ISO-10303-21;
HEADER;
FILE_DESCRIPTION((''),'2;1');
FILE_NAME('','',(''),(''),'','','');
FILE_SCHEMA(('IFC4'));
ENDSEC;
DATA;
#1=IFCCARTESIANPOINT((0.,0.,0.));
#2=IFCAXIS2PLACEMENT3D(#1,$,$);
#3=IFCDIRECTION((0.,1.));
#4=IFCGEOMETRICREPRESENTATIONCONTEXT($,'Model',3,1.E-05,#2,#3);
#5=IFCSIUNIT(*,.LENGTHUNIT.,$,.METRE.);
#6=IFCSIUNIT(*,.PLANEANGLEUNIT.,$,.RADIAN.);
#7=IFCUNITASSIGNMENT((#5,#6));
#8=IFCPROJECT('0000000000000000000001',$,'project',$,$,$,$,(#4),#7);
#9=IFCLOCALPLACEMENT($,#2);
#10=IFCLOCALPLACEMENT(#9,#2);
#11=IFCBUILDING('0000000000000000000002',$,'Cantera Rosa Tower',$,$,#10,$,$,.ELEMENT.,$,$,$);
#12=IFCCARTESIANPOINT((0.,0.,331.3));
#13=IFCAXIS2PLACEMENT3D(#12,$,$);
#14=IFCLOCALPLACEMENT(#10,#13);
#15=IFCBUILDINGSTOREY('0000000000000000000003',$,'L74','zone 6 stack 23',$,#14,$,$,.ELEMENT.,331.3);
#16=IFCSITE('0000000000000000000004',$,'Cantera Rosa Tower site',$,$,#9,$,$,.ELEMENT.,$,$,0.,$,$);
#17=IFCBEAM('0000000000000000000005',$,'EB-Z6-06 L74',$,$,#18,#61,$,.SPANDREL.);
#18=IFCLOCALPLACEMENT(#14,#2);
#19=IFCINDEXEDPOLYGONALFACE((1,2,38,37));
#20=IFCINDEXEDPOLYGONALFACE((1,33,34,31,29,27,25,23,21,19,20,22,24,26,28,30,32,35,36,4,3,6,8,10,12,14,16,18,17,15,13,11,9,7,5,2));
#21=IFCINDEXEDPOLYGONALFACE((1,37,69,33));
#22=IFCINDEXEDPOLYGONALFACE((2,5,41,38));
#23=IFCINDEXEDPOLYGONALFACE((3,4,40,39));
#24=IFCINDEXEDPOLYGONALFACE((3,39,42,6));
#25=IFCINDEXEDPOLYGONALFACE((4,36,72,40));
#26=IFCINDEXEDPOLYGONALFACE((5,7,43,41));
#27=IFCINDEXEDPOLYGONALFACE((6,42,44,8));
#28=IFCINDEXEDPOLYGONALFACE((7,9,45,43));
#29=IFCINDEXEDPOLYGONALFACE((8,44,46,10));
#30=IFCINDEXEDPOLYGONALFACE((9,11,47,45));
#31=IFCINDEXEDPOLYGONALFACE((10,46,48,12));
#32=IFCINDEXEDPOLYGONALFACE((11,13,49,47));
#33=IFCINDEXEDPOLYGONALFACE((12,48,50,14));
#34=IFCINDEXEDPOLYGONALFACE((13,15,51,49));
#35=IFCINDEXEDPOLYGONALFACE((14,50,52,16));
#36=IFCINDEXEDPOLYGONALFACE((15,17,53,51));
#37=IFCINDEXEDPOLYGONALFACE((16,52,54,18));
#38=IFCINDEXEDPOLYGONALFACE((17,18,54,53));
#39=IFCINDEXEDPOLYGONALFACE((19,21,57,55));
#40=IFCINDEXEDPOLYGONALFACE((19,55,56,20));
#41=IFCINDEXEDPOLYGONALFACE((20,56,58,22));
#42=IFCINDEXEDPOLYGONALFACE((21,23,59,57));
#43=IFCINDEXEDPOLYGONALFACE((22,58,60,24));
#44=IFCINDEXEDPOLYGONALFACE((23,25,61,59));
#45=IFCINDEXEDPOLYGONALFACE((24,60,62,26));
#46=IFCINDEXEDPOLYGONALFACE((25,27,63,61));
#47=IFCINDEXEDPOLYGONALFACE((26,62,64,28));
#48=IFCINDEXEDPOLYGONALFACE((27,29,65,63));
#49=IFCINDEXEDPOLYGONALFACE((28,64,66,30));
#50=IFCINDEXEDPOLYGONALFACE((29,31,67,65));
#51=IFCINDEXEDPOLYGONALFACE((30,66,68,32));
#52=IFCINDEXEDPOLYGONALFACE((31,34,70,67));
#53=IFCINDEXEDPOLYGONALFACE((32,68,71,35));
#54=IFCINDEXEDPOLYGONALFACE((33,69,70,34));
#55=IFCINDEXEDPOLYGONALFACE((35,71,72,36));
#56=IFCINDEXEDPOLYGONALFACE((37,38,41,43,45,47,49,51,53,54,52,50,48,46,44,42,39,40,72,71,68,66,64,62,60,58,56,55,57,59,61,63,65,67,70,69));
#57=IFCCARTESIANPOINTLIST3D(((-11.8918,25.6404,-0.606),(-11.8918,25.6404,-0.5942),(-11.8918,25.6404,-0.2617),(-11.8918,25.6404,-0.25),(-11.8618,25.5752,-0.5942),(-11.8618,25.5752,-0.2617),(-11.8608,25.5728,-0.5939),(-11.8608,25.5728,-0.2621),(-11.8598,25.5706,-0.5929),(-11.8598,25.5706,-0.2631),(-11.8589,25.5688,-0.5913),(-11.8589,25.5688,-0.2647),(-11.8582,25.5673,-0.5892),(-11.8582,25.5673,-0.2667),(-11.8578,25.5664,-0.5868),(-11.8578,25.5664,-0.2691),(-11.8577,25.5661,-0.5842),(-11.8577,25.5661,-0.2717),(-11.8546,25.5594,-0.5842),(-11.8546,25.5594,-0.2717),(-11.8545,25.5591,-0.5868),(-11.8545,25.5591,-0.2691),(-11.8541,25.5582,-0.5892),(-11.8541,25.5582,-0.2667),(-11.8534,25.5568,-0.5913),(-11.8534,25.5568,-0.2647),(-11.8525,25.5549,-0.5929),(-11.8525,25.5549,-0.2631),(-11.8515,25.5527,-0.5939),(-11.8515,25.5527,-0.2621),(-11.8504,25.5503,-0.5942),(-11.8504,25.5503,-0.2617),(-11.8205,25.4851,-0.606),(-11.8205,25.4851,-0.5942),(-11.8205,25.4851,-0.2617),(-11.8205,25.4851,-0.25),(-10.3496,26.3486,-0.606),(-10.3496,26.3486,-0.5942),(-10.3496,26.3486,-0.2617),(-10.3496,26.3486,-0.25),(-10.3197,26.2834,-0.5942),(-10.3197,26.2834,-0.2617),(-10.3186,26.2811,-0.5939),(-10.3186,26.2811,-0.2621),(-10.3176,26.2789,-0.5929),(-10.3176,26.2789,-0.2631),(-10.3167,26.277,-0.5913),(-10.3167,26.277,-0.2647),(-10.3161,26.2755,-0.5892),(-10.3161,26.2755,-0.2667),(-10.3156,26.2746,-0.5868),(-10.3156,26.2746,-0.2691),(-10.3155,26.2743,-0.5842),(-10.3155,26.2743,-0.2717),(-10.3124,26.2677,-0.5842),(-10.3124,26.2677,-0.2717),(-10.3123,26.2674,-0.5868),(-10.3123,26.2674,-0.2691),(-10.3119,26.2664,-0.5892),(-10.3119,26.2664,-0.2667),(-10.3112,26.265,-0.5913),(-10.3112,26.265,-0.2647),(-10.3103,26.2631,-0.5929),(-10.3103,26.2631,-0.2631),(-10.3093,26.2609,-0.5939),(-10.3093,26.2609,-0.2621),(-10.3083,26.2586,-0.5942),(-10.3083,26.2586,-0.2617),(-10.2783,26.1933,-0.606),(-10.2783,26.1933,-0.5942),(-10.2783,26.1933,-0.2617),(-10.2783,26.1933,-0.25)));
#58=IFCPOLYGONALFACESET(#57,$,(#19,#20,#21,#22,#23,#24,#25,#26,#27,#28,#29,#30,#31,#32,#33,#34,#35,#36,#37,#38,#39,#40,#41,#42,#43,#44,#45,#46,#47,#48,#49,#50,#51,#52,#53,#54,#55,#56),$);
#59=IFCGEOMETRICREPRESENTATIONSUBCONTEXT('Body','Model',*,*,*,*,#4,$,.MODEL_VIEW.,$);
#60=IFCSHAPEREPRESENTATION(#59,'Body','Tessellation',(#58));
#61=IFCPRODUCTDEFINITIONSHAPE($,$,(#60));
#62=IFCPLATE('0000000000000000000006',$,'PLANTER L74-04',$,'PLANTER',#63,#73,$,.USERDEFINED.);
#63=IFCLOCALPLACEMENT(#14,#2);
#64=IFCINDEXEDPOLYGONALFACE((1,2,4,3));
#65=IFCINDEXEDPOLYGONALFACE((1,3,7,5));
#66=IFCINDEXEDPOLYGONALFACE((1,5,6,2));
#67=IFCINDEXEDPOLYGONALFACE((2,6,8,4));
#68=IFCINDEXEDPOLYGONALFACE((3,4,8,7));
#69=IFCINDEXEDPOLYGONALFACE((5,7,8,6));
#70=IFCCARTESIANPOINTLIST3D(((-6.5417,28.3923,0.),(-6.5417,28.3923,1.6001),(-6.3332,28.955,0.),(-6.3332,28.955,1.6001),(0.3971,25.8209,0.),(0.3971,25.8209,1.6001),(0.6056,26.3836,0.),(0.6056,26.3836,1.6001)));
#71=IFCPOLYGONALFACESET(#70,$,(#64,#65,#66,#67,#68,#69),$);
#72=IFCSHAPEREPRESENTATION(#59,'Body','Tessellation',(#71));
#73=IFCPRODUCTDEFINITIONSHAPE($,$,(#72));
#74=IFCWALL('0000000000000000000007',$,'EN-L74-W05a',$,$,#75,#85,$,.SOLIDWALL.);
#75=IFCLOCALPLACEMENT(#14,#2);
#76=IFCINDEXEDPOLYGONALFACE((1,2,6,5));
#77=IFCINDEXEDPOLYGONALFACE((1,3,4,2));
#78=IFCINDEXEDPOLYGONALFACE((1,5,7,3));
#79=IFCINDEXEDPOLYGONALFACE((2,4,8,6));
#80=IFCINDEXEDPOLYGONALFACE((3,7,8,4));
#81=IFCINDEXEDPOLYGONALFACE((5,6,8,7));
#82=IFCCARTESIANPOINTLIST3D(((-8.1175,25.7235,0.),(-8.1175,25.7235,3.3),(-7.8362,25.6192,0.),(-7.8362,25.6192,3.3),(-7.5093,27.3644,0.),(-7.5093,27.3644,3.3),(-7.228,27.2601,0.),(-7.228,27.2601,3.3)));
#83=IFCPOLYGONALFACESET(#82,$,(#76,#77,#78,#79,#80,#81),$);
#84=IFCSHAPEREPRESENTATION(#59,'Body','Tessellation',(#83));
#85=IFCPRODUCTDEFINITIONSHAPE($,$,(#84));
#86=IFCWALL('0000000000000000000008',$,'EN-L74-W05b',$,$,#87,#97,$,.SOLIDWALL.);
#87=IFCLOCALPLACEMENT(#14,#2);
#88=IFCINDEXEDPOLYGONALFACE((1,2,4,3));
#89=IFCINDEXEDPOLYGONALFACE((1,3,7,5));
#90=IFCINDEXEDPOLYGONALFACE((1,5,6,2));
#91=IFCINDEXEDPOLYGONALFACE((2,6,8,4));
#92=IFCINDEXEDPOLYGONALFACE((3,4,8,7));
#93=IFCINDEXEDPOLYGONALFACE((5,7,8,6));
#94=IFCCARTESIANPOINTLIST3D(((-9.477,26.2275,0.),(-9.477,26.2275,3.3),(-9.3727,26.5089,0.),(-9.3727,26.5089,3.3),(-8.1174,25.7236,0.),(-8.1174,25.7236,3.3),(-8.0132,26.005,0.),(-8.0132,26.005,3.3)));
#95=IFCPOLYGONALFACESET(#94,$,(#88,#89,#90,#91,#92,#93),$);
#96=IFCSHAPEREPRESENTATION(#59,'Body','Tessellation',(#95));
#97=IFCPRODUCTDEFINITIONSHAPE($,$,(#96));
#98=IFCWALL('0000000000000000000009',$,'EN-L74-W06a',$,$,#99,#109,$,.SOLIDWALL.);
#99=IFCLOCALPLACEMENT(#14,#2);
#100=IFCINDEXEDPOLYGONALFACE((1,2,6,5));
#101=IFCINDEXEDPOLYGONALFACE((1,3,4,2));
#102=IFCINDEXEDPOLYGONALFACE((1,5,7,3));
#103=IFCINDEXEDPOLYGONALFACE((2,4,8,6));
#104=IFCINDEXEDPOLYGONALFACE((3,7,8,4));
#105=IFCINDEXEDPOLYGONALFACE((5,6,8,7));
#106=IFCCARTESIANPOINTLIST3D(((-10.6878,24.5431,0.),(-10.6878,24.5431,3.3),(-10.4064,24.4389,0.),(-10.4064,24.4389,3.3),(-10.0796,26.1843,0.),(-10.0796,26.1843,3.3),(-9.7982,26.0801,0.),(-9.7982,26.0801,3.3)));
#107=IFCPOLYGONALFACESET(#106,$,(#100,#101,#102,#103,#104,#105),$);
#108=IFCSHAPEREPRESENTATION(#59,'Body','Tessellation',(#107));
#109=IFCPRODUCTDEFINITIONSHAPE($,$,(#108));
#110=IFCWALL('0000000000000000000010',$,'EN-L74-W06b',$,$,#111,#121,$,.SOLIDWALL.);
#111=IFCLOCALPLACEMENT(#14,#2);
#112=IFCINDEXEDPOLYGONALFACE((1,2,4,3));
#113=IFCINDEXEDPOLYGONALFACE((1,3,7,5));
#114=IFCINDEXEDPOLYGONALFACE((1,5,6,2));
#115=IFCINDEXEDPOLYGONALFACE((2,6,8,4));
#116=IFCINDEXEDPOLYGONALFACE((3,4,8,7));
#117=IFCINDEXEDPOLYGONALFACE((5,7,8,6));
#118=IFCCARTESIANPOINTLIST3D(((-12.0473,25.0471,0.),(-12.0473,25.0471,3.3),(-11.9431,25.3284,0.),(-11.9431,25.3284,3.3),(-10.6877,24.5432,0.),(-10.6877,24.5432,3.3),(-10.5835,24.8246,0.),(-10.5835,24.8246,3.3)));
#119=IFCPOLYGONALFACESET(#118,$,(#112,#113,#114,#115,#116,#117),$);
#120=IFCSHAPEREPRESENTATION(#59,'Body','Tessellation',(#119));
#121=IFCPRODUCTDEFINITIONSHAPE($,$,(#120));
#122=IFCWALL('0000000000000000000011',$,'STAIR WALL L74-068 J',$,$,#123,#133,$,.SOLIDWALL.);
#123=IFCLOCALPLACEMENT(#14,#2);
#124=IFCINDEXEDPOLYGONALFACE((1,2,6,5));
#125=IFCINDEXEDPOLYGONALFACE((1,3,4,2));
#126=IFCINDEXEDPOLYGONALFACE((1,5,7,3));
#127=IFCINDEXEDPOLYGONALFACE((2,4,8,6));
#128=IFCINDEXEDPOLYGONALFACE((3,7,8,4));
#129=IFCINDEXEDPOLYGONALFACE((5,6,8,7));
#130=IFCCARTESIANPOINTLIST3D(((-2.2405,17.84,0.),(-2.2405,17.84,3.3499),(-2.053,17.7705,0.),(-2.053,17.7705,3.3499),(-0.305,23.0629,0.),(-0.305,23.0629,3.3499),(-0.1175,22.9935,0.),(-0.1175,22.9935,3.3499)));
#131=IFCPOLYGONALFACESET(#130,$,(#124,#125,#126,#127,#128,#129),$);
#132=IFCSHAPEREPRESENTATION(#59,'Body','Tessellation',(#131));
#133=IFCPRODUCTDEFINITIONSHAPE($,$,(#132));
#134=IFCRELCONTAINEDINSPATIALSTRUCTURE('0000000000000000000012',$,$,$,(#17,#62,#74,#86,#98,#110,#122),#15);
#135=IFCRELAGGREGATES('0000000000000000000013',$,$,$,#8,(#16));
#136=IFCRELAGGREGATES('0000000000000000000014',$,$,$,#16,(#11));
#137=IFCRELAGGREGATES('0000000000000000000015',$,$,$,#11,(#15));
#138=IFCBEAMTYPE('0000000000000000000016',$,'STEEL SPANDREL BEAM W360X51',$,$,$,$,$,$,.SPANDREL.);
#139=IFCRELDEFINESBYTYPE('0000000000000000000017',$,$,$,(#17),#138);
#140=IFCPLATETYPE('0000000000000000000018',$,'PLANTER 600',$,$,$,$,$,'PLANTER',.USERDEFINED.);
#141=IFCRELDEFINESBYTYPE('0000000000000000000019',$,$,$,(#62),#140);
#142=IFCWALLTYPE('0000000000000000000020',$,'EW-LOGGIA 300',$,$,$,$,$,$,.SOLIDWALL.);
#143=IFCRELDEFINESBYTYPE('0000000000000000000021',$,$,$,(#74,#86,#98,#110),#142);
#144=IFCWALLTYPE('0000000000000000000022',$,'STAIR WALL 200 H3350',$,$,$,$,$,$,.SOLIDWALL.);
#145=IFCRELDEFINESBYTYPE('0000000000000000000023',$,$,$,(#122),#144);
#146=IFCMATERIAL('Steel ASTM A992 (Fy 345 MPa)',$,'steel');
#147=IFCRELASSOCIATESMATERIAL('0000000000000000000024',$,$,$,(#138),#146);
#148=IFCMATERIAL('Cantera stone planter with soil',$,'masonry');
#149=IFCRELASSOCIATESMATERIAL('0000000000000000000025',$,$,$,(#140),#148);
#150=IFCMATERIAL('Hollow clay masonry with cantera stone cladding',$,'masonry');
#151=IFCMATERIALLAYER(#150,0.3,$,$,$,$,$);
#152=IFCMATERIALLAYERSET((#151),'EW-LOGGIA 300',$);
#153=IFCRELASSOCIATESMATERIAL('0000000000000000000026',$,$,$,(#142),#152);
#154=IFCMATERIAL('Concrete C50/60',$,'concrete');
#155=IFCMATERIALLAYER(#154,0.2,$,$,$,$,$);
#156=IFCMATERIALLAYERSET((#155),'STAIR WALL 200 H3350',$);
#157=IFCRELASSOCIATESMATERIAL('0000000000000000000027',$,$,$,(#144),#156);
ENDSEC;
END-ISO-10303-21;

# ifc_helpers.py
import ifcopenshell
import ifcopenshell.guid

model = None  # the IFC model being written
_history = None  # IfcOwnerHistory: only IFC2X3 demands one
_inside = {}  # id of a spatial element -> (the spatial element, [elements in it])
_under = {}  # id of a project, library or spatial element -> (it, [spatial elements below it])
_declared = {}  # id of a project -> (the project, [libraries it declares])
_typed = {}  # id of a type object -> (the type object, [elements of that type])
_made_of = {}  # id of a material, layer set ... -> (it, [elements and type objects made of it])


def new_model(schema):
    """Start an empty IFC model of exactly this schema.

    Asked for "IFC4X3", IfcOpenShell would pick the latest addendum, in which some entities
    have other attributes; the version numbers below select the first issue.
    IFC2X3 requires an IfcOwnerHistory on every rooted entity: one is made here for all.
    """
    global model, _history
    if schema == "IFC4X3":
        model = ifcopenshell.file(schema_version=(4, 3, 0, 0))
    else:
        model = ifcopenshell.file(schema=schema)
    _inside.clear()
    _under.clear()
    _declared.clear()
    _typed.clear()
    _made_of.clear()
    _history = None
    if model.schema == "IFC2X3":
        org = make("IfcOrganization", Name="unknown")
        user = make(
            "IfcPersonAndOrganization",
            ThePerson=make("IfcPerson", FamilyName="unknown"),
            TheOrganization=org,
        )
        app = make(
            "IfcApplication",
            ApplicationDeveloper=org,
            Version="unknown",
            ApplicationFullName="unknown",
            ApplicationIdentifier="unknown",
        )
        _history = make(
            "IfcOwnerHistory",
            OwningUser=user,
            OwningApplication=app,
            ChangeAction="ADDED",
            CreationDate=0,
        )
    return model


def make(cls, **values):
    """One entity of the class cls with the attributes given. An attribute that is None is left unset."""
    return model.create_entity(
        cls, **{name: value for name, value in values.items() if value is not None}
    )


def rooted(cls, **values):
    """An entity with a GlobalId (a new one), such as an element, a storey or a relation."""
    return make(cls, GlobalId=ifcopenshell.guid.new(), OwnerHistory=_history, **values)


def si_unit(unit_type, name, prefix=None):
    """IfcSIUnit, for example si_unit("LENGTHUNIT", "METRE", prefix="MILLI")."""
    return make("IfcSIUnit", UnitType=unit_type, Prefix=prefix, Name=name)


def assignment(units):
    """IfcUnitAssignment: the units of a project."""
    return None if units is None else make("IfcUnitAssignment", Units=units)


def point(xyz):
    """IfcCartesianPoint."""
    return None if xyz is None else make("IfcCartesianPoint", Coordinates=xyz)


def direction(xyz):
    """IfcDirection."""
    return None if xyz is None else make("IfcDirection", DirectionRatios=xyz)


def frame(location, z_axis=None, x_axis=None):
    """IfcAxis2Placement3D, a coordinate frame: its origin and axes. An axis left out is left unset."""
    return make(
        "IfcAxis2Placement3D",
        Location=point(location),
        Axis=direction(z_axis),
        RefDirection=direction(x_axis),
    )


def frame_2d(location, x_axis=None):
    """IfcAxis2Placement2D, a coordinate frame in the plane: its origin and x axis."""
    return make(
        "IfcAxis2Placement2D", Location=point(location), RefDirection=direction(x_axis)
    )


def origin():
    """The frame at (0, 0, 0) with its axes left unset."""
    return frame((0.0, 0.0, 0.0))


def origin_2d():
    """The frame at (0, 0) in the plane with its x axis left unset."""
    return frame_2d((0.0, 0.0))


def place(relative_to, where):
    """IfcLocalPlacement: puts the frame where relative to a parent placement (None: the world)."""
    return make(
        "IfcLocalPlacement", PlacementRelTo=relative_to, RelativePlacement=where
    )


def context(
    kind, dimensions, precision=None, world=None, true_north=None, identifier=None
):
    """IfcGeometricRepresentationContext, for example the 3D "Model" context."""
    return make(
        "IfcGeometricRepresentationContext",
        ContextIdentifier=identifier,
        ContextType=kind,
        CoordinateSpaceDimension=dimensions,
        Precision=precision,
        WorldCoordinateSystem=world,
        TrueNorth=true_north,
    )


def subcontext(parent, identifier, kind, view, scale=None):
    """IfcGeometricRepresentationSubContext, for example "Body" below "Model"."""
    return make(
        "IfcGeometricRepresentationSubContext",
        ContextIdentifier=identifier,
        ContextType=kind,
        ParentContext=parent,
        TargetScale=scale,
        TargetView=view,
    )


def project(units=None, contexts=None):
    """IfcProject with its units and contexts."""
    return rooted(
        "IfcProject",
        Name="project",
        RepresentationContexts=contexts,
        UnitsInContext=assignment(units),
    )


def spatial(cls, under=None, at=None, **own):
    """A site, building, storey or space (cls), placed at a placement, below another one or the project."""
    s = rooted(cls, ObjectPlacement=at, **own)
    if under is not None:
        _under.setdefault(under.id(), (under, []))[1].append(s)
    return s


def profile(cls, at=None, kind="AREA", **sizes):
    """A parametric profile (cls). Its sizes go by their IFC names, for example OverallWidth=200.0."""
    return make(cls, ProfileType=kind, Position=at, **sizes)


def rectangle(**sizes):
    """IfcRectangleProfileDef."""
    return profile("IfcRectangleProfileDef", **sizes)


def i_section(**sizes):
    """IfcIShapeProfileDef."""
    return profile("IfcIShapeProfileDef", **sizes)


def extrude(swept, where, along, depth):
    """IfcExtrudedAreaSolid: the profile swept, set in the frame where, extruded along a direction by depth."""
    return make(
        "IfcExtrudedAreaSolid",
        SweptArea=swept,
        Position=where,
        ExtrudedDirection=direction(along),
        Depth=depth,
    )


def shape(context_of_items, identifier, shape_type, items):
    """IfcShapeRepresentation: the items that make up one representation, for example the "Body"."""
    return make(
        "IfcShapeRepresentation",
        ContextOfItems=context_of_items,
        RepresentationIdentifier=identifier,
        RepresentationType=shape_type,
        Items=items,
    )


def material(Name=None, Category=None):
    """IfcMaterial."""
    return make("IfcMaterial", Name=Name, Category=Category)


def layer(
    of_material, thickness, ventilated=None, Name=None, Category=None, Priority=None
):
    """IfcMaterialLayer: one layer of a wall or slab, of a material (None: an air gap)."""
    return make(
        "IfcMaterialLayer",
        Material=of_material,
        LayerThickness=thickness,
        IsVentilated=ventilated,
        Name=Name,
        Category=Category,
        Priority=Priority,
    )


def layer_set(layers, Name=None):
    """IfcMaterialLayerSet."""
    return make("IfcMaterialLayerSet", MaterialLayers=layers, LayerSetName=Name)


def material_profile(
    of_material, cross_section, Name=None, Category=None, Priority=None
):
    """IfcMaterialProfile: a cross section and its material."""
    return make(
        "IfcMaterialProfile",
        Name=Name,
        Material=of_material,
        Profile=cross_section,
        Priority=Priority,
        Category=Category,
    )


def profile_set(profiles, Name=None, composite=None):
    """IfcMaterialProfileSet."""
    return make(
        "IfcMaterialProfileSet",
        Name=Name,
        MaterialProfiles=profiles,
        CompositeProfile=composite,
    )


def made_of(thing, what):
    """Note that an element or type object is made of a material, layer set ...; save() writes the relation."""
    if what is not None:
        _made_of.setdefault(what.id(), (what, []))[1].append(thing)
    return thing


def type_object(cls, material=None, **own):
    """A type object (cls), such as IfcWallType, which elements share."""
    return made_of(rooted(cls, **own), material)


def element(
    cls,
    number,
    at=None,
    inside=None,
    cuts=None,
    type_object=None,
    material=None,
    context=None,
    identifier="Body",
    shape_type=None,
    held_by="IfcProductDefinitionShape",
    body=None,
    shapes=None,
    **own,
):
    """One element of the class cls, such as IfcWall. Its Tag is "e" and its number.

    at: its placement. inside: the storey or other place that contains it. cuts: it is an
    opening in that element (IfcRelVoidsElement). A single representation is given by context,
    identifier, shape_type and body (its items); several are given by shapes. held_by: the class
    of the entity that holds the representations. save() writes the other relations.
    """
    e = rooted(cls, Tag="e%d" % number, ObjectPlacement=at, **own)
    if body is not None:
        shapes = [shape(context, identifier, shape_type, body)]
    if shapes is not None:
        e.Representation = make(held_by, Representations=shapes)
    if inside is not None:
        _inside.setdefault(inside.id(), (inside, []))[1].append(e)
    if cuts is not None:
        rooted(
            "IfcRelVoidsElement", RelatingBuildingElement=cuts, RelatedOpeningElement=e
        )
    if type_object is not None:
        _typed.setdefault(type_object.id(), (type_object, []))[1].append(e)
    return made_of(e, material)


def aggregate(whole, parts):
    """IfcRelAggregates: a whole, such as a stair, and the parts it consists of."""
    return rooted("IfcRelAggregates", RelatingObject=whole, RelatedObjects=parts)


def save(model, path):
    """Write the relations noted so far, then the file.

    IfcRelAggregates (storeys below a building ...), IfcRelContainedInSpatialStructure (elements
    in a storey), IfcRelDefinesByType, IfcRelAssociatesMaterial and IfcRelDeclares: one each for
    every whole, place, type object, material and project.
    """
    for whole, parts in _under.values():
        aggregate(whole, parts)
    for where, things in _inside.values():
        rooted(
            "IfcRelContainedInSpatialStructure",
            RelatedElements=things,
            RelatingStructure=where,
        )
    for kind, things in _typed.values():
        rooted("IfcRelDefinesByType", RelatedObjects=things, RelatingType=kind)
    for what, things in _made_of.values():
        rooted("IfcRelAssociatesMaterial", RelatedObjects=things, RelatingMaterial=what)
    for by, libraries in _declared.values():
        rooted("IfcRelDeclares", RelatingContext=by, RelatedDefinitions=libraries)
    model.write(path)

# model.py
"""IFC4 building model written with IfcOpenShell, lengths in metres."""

from ifc_helpers import new_model, si_unit, direction, frame, frame_2d, origin, origin_2d, place, context, subcontext, project, spatial, rectangle, i_section, extrude, material, layer, layer_set, material_profile, profile_set, type_object, element, save


model = new_model("IFC4")

# Units and contexts
model_context = context("Model", 3, precision=1e-05, world=origin(), true_north=direction((0.0, 1.0)))
body_context = subcontext(model_context, "Body", "Model", "MODEL_VIEW")
ifc_project = project(units=[si_unit("LENGTHUNIT", "METRE"), si_unit("PLANEANGLEUNIT", "RADIAN")], contexts=[model_context])

# Site, building, storey
site_placement = place(None, origin())
site = spatial("IfcSite", under=ifc_project, at=site_placement, Name="Cantera Rosa Tower site", CompositionType="ELEMENT", RefElevation=0.0)
building_placement = place(site_placement, origin())
building = spatial("IfcBuilding", under=site, at=building_placement, Name="Cantera Rosa Tower", CompositionType="ELEMENT")
storey_placement = place(building_placement, frame((0.0, 0.0, 331.3)))
storey = spatial("IfcBuildingStorey", under=building, at=storey_placement, Name="L74", Description="zone 6 stack 23", CompositionType="ELEMENT", Elevation=331.3)

# Beam
ifc_material_1 = material(Name="Steel ASTM A992 (Fy 345 MPa)", Category="steel")
ifc_material_profile_1 = material_profile(ifc_material_1, i_section(OverallWidth=0.1709, OverallDepth=0.356, WebThickness=0.0073, FlangeThickness=0.0117, FilletRadius=0.01, at=origin_2d()), Name="W360X51")
ifc_profile_set_1 = profile_set([ifc_material_profile_1], Name="Steel ASTM A992 (Fy 345 MPa)")
beam_type_1 = type_object("IfcBeamType", Name="STEEL SPANDREL BEAM W360X51", PredefinedType="SPANDREL", material=ifc_profile_set_1)
for number, where, z_axis, x_axis, name in (
    (1, (-10.314, 26.271, -0.428), (-0.908754, -0.417333, 0.0), (0.417333, -0.908754, 0.0), "EB-Z6-06 L74"),
):
    element("IfcBeam", number, at=place(storey_placement, frame(where, z_axis=z_axis, x_axis=x_axis)), inside=storey, type_object=beam_type_1, Name=name, PredefinedType="SPANDREL", context=body_context, shape_type="SweptSolid", body=[
        extrude(i_section(OverallWidth=0.1709, OverallDepth=0.356, WebThickness=0.0073, FlangeThickness=0.0117, FilletRadius=0.01, at=origin_2d()), origin(), (0.0, 0.0, 1.0), 1.697),
    ])

# Plate
ifc_material_2 = material(Name="Cantera stone planter with soil", Category="masonry")
plate_type = type_object("IfcPlateType", Name="PLANTER 600", ElementType="PLANTER", PredefinedType="USERDEFINED", material=ifc_material_2)
plate_placement = place(storey_placement, frame((-2.968, 27.3879, 0.0), z_axis=(0.0, 0.0, 1.0), x_axis=(-0.937687, 0.347481, 0.0)))
element("IfcPlate", 2, at=plate_placement, inside=storey, type_object=plate_type, Name="PLANTER L74-04", ObjectType="PLANTER", PredefinedType="USERDEFINED", context=body_context, shape_type="SweptSolid", body=[
    extrude(rectangle(XDim=7.3999, YDim=0.6001, at=origin_2d()), origin(), (0.0, 0.0, 1.0), 1.6001),
])

# Walls
ifc_material_3 = material(Name="Hollow clay masonry with cantera stone cladding", Category="masonry")
ifc_layer_1 = layer(ifc_material_3, 0.3)
ifc_layer_set_1 = layer_set([ifc_layer_1], Name="EW-LOGGIA 300")
wall_type_1 = type_object("IfcWallType", Name="EW-LOGGIA 300", PredefinedType="SOLIDWALL", material=ifc_layer_set_1)
wall_1_placement = place(storey_placement, frame((-7.3687, 27.3123, 0.0), z_axis=(0.0, 0.0, 1.0), x_axis=(-0.347528, -0.93767, 0.0)))
element("IfcWall", 3, at=wall_1_placement, inside=storey, type_object=wall_type_1, Name="EN-L74-W05a", PredefinedType="SOLIDWALL", context=body_context, shape_type="SweptSolid", body=[
    extrude(rectangle(XDim=1.75, YDim=0.3, at=frame_2d((0.875, 0.0))), origin(), (0.0, 0.0, 1.0), 3.3),
])
wall_2_placement = place(storey_placement, frame((-8.0652, 25.8643, 0.0), z_axis=(0.0, 0.0, 1.0), x_axis=(-0.937672, 0.347523, 0.0)))
element("IfcWall", 4, at=wall_2_placement, inside=storey, type_object=wall_type_1, Name="EN-L74-W05b", PredefinedType="SOLIDWALL", context=body_context, shape_type="SweptSolid", body=[
    extrude(rectangle(XDim=1.45, YDim=0.3, at=frame_2d((0.7251, 0.0))), origin(), (0.0, 0.0, 1.0), 3.3),
])
wall_3_placement = place(storey_placement, frame((-9.939, 26.1321, 0.0), z_axis=(0.0, 0.0, 1.0), x_axis=(-0.347482, -0.937686, 0.0)))
element("IfcWall", 5, at=wall_3_placement, inside=storey, type_object=wall_type_1, Name="EN-L74-W06a", PredefinedType="SOLIDWALL", context=body_context, shape_type="SweptSolid", body=[
    extrude(rectangle(XDim=1.7502, YDim=0.3, at=frame_2d((0.875, 0.0))), origin(), (0.0, 0.0, 1.0), 3.3),
])
wall_4_placement = place(storey_placement, frame((-10.6355, 24.6838, 0.0), z_axis=(0.0, 0.0, 1.0), x_axis=(-0.937672, 0.347523, 0.0)))
element("IfcWall", 6, at=wall_4_placement, inside=storey, type_object=wall_type_1, Name="EN-L74-W06b", PredefinedType="SOLIDWALL", context=body_context, shape_type="SweptSolid", body=[
    extrude(rectangle(XDim=1.45, YDim=0.3, at=frame_2d((0.7251, 0.0))), origin(), (0.0, 0.0, 1.0), 3.3),
])
ifc_material_4 = material(Name="Concrete C50/60", Category="concrete")
ifc_layer_2 = layer(ifc_material_4, 0.2)
ifc_layer_set_2 = layer_set([ifc_layer_2], Name="STAIR WALL 200 H3350")
wall_type_2 = type_object("IfcWallType", Name="STAIR WALL 200 H3350", PredefinedType="SOLIDWALL", material=ifc_layer_set_2)
wall_5_placement = place(storey_placement, frame((-0.2112, 23.0283, 0.0), z_axis=(0.0, 0.0, 1.0), x_axis=(-0.347494, -0.937682, 0.0)))
element("IfcWall", 7, at=wall_5_placement, inside=storey, type_object=wall_type_2, Name="STAIR WALL L74-068 J", PredefinedType="SOLIDWALL", context=body_context, shape_type="SweptSolid", body=[
    extrude(rectangle(XDim=5.5701, YDim=0.2, at=frame_2d((2.7852, 0.0))), origin(), (0.0, 0.0, 1.0), 3.3499),
])

save(model, "model.ifc")
